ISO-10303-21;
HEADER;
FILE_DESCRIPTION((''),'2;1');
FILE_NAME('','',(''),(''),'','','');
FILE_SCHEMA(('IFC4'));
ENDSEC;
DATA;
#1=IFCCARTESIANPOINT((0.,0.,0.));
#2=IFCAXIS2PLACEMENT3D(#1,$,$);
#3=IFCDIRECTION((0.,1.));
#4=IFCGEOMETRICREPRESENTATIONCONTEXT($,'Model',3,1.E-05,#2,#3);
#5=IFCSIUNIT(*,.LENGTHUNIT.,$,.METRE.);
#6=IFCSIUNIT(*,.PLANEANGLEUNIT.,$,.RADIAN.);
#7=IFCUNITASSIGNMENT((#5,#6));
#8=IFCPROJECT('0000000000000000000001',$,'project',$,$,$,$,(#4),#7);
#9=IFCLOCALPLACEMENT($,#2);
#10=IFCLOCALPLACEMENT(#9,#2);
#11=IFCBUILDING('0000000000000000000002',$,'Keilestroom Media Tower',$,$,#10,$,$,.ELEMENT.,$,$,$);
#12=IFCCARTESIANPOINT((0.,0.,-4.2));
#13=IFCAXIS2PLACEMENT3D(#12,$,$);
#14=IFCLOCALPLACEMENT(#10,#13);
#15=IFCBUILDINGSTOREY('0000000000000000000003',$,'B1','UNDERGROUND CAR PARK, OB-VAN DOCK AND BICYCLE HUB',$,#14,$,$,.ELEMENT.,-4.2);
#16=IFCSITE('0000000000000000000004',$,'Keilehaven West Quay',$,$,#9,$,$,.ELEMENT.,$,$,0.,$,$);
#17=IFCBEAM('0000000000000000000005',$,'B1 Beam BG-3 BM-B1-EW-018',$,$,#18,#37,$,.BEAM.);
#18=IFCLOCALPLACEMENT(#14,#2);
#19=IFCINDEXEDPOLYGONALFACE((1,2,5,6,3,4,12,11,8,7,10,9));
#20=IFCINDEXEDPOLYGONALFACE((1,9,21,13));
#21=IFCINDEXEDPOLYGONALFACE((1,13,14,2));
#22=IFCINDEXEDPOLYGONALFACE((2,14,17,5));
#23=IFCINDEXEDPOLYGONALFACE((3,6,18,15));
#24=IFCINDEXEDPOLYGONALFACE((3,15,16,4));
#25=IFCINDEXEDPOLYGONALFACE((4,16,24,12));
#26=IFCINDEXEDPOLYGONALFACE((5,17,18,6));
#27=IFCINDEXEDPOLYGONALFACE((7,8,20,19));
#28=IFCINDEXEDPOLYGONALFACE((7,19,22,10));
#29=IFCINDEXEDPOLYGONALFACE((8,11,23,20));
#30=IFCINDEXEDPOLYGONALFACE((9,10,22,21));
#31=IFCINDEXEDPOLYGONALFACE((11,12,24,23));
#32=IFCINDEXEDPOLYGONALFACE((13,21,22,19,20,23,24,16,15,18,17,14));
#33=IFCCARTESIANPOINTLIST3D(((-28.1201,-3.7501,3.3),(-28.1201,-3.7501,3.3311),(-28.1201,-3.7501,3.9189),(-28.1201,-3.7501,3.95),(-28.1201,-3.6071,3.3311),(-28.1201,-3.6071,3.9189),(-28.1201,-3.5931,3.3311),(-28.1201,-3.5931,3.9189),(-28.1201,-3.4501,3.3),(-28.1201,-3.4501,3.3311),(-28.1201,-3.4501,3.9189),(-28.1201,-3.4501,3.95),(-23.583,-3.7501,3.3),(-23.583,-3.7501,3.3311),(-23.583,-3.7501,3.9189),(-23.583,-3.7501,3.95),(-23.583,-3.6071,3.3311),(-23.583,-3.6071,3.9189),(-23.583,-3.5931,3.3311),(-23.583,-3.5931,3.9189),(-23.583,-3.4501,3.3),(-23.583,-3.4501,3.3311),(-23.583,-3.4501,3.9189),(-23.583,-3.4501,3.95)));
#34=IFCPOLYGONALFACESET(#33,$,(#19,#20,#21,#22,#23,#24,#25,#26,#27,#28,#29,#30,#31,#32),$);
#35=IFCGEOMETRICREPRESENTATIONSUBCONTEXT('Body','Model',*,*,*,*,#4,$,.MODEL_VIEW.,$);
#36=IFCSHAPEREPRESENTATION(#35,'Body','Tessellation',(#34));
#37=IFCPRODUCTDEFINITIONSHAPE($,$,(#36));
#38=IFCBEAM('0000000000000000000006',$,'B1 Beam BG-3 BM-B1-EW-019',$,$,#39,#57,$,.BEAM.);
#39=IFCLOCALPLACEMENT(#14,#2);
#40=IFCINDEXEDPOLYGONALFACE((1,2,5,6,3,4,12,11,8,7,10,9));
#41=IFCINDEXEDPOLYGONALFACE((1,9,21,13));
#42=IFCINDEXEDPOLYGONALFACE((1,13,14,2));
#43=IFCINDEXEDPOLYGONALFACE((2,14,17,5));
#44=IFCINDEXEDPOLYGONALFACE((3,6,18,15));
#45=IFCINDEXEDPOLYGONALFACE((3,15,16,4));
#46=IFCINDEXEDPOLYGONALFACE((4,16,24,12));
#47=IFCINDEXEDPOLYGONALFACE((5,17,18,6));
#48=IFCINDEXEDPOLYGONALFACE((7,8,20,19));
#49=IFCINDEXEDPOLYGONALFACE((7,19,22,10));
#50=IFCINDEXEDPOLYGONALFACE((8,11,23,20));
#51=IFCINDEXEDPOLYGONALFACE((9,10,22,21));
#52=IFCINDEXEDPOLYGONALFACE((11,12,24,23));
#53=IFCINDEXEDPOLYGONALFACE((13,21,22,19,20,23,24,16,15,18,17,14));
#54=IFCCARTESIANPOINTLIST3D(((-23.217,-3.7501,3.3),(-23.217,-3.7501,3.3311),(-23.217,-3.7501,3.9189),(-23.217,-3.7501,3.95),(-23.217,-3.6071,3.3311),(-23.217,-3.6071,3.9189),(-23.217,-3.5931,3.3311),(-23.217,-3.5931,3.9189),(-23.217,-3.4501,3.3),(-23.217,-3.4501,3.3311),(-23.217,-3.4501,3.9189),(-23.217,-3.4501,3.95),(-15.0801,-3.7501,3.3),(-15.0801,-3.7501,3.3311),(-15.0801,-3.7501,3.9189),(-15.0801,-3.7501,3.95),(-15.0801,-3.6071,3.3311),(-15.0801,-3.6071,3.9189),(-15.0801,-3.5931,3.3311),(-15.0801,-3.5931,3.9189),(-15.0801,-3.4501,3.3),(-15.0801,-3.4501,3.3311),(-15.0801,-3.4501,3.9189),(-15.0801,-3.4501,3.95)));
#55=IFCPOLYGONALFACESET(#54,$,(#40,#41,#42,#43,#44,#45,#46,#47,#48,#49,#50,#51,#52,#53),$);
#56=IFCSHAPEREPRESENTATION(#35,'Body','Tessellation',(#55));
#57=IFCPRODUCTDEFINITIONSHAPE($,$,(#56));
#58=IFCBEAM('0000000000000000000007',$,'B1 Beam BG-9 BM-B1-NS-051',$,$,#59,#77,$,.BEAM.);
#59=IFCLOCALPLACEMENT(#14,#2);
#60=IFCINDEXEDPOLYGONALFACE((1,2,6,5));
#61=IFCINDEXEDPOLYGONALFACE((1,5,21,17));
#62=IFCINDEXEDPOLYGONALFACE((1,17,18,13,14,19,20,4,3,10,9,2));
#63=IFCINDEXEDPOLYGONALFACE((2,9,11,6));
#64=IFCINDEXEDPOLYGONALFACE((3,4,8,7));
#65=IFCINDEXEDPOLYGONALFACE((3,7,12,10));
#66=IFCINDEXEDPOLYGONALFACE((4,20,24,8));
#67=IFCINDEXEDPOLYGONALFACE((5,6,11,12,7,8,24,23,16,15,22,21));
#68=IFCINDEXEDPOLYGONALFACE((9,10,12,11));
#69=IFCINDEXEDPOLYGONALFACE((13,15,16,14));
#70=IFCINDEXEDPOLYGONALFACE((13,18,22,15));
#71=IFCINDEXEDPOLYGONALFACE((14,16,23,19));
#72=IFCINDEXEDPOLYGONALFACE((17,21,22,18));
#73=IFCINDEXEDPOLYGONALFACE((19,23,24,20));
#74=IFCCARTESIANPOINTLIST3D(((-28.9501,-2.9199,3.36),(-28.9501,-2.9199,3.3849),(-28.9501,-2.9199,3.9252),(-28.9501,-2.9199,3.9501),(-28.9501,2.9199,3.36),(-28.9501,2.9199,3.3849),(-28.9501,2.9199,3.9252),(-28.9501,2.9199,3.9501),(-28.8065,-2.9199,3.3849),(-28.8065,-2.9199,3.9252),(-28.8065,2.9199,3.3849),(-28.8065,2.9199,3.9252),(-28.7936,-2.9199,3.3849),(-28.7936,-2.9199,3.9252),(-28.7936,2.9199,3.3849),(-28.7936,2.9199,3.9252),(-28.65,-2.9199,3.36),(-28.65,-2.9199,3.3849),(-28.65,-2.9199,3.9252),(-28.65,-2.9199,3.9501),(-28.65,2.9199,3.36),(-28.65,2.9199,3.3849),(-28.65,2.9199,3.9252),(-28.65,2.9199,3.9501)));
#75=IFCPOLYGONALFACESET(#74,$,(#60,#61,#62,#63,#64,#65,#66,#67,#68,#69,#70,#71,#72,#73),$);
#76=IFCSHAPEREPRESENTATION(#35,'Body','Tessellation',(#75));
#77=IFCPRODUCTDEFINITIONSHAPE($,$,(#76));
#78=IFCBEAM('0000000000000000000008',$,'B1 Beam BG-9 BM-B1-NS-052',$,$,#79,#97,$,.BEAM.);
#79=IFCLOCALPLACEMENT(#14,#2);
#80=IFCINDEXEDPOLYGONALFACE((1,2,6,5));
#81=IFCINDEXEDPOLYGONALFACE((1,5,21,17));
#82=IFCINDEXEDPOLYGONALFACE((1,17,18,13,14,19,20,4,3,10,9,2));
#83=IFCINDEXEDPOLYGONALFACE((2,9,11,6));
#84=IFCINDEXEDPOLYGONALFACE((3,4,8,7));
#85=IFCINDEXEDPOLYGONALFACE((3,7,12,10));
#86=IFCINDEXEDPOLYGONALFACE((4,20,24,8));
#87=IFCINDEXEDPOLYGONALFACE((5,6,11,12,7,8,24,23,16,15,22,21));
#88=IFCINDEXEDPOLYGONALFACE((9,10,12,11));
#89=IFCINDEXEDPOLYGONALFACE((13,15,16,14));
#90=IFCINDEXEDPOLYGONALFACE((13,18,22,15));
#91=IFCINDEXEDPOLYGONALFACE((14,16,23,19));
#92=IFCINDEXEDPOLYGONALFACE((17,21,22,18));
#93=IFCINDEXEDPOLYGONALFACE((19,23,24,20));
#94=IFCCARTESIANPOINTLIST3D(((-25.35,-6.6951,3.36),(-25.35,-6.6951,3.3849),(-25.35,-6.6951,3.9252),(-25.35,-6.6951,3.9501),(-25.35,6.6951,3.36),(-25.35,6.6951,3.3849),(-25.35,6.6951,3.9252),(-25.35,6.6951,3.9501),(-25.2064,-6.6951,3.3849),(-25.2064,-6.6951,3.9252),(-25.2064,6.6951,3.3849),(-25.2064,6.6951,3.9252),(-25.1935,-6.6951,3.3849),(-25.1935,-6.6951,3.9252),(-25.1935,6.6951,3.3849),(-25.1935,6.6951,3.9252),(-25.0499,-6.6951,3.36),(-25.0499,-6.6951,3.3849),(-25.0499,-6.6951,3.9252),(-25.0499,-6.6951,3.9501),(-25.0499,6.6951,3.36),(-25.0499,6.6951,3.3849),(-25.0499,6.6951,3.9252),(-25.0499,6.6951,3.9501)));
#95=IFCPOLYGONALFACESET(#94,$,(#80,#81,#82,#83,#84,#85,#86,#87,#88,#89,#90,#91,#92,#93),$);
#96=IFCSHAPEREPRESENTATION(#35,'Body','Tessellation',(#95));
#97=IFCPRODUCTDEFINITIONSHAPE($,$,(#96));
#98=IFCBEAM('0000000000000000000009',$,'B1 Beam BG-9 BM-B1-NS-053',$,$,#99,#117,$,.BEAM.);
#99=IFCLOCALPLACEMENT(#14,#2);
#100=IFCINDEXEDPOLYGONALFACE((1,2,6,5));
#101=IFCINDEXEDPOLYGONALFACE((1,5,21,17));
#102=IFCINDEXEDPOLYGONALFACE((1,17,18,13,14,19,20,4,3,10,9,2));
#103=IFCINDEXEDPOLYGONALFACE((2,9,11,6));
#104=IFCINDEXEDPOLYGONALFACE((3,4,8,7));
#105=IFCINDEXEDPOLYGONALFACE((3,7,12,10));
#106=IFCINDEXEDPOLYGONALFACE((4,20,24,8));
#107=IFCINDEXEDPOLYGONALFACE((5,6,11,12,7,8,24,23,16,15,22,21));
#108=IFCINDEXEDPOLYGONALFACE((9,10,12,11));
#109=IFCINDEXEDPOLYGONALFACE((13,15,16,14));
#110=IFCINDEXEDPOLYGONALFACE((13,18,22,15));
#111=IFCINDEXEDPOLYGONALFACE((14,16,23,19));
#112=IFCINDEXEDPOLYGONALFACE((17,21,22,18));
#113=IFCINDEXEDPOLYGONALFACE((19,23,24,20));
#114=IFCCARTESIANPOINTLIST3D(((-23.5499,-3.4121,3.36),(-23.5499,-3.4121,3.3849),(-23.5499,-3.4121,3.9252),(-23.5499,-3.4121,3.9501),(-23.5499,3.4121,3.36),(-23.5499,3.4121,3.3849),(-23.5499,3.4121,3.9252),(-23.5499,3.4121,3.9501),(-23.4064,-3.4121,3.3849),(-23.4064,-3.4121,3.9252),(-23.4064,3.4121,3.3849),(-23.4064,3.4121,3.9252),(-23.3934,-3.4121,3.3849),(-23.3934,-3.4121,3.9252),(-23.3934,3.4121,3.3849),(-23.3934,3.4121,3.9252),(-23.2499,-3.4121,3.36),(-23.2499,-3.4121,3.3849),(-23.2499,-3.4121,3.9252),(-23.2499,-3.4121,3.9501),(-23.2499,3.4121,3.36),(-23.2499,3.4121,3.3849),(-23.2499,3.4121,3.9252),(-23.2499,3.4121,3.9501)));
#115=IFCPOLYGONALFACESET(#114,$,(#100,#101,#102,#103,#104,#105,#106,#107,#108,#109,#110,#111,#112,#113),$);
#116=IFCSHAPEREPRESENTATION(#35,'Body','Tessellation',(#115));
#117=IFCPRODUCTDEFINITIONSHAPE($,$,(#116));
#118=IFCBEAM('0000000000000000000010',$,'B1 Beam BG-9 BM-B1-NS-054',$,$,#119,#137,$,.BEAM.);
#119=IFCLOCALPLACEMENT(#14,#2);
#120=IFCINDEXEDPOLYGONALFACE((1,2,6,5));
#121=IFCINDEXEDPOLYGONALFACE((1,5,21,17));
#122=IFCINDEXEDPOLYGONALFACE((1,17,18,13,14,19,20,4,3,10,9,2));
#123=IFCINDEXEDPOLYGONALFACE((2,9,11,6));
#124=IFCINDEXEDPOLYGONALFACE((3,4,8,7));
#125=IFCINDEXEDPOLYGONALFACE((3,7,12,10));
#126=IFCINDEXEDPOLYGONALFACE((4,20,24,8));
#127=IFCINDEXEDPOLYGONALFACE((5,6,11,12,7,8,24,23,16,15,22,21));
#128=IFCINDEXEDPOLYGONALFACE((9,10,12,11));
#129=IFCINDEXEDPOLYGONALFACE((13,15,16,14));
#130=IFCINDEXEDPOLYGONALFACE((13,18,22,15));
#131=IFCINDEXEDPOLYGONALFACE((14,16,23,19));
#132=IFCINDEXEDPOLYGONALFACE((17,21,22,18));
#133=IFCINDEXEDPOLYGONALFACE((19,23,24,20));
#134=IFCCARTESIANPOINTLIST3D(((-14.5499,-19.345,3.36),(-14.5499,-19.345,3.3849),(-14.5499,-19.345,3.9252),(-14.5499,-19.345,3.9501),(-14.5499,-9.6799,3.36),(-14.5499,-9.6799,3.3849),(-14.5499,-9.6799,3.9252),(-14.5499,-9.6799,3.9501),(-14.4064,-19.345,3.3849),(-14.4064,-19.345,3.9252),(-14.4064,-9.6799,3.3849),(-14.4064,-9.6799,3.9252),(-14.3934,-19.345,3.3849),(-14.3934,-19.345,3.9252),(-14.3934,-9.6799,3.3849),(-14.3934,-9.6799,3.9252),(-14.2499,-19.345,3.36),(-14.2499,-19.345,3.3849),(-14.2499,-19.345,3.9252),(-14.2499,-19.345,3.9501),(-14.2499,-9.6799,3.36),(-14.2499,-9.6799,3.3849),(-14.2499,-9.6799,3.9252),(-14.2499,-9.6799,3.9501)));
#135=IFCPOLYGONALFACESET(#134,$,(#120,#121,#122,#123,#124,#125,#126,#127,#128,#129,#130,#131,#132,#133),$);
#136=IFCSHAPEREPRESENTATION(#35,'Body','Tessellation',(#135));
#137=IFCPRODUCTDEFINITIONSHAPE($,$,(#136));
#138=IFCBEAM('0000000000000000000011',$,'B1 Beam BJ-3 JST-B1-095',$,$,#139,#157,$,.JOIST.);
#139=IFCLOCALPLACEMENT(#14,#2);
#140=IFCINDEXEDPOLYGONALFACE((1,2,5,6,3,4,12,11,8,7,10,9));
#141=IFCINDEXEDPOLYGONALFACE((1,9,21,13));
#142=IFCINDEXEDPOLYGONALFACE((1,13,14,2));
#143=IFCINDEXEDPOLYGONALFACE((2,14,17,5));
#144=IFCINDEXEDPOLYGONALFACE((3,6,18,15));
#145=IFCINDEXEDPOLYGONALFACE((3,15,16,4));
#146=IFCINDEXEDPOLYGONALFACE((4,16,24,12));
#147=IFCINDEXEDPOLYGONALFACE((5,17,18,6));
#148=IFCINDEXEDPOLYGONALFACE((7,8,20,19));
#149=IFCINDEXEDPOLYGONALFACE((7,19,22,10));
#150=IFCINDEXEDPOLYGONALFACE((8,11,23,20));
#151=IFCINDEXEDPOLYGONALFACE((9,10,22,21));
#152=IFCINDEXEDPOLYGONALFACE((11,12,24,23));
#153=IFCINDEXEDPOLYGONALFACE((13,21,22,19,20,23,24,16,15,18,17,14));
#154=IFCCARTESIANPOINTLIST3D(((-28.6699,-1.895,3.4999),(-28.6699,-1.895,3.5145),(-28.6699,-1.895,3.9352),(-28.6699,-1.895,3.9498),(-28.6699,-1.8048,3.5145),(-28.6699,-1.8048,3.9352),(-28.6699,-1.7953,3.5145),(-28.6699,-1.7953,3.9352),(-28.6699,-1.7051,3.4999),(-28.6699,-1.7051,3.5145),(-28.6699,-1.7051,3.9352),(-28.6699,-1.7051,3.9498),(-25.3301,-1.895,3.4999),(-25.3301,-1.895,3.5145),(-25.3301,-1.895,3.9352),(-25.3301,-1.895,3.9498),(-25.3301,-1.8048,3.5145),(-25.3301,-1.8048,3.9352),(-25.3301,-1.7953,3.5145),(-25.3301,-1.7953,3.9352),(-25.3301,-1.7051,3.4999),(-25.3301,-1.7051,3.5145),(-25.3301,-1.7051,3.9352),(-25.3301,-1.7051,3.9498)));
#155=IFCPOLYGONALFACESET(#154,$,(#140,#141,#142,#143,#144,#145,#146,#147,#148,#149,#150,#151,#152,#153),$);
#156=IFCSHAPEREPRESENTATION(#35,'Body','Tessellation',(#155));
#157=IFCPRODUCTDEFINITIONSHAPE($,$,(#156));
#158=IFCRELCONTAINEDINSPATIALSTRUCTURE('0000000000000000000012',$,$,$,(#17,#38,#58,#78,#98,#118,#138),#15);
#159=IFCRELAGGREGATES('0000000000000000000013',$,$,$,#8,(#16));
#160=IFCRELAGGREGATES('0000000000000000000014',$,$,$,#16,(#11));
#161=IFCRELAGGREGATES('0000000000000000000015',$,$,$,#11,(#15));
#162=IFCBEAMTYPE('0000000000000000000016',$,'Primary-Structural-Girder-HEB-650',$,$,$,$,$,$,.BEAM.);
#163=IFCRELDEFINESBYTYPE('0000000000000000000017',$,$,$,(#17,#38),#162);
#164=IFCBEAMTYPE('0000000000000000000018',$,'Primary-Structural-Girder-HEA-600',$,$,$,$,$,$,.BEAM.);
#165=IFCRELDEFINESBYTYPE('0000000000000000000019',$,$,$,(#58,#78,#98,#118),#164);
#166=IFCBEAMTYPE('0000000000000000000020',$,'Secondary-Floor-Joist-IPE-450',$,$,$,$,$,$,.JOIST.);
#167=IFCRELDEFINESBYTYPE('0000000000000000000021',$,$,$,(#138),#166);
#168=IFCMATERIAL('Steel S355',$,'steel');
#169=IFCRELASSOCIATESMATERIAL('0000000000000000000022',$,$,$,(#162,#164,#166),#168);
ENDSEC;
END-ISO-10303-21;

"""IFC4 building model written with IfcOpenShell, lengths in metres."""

from ifc_helpers import new_model, si_unit, direction, frame, origin, origin_2d, place, context, subcontext, project, spatial, i_section, extrude, source, transform, mapped, material, material_profile, profile_set, type_object, element, save


model = new_model("IFC4")

# Units and contexts
model_context = context("Model", 3, precision=1e-05, world=origin(), true_north=direction((0.0, 1.0)))
body_context = subcontext(model_context, "Body", "Model", "MODEL_VIEW")
ifc_project = project(units=[si_unit("LENGTHUNIT", "METRE"), si_unit("PLANEANGLEUNIT", "RADIAN")], contexts=[model_context])

# Site, building, storey
site_placement = place(None, origin())
site = spatial("IfcSite", under=ifc_project, at=site_placement, Name="Keilehaven West Quay", CompositionType="ELEMENT", RefElevation=0.0)
building_placement = place(site_placement, origin())
building = spatial("IfcBuilding", under=site, at=building_placement, Name="Keilestroom Media Tower", CompositionType="ELEMENT")
storey_placement = place(building_placement, frame((0.0, 0.0, -4.2)))
storey = spatial("IfcBuildingStorey", under=building, at=storey_placement, Name="B1", Description="UNDERGROUND CAR PARK, OB-VAN DOCK AND BICYCLE HUB", CompositionType="ELEMENT", Elevation=-4.2)

# Beams
ifc_material_1 = material(Name="Steel S355", Category="steel")
ifc_material_profile_1 = material_profile(ifc_material_1, i_section(OverallWidth=0.3, OverallDepth=0.6499, WebThickness=0.0139, FlangeThickness=0.031, at=origin_2d()), Name="HEB 650")
ifc_profile_set_1 = profile_set([ifc_material_profile_1], Name="Steel S355")
beam_type_1 = type_object("IfcBeamType", Name="Primary-Structural-Girder-HEB-650", PredefinedType="BEAM", material=ifc_profile_set_1)
shared_shape_1 = source(origin(), body_context, "Body", "SweptSolid", [
    extrude(i_section(OverallWidth=0.3, OverallDepth=0.6499, WebThickness=0.0139, FlangeThickness=0.031, at=origin_2d()), origin(), (0.0, 0.0, 1.0), 4.5371),
])
beam_1_placement = place(storey_placement, frame((-28.1201, -3.6001, 3.625), z_axis=(1.0, 0.0, 0.0), x_axis=(0.0, 1.0, 0.0)))
element("IfcBeam", 1, at=beam_1_placement, inside=storey, type_object=beam_type_1, Name="B1 Beam BG-3 BM-B1-EW-018", PredefinedType="BEAM", context=body_context, shape_type="MappedRepresentation", body=[
    mapped(shared_shape_1, transform((0.0, 0.0, 0.0), x_axis=(1.0, 0.0, 0.0), y_axis=(0.0, 1.0, 0.0), z_axis=(0.0, 0.0, 1.0), scale=1.0)),
])
shared_shape_2 = source(origin(), body_context, "Body", "SweptSolid", [
    extrude(i_section(OverallWidth=0.3, OverallDepth=0.6499, WebThickness=0.0139, FlangeThickness=0.031, at=origin_2d()), origin(), (0.0, 0.0, 1.0), 8.137),
])
beam_2_placement = place(storey_placement, frame((-23.217, -3.6001, 3.625), z_axis=(1.0, 0.0, 0.0), x_axis=(0.0, 1.0, 0.0)))
element("IfcBeam", 2, at=beam_2_placement, inside=storey, type_object=beam_type_1, Name="B1 Beam BG-3 BM-B1-EW-019", PredefinedType="BEAM", context=body_context, shape_type="MappedRepresentation", body=[
    mapped(shared_shape_2, transform((0.0, 0.0, 0.0), x_axis=(1.0, 0.0, 0.0), y_axis=(0.0, 1.0, 0.0), z_axis=(0.0, 0.0, 1.0), scale=1.0)),
])
ifc_material_profile_2 = material_profile(ifc_material_1, i_section(OverallWidth=0.3, OverallDepth=0.5901, WebThickness=0.0129, FlangeThickness=0.0249, at=origin_2d()), Name="HEA 600")
ifc_profile_set_2 = profile_set([ifc_material_profile_2], Name="Steel S355")
beam_type_2 = type_object("IfcBeamType", Name="Primary-Structural-Girder-HEA-600", PredefinedType="BEAM", material=ifc_profile_set_2)
shared_shape_3 = source(origin(), body_context, "Body", "SweptSolid", [
    extrude(i_section(OverallWidth=0.3, OverallDepth=0.5901, WebThickness=0.0129, FlangeThickness=0.0249, at=origin_2d()), origin(), (0.0, 0.0, 1.0), 5.8398),
])
beam_3_placement = place(storey_placement, frame((-28.8, -2.9199, 3.655), z_axis=(0.0, 1.0, 0.0), x_axis=(-1.0, 0.0, 0.0)))
element("IfcBeam", 3, at=beam_3_placement, inside=storey, type_object=beam_type_2, Name="B1 Beam BG-9 BM-B1-NS-051", PredefinedType="BEAM", context=body_context, shape_type="MappedRepresentation", body=[
    mapped(shared_shape_3, transform((0.0, 0.0, 0.0), x_axis=(1.0, 0.0, 0.0), y_axis=(0.0, 1.0, 0.0), z_axis=(0.0, 0.0, 1.0), scale=1.0)),
])
shared_shape_4 = source(origin(), body_context, "Body", "SweptSolid", [
    extrude(i_section(OverallWidth=0.3, OverallDepth=0.5901, WebThickness=0.0129, FlangeThickness=0.0249, at=origin_2d()), origin(), (0.0, 0.0, 1.0), 13.3901),
])
beam_4_placement = place(storey_placement, frame((-25.2, -6.6951, 3.655), z_axis=(0.0, 1.0, 0.0), x_axis=(-1.0, 0.0, 0.0)))
element("IfcBeam", 4, at=beam_4_placement, inside=storey, type_object=beam_type_2, Name="B1 Beam BG-9 BM-B1-NS-052", PredefinedType="BEAM", context=body_context, shape_type="MappedRepresentation", body=[
    mapped(shared_shape_4, transform((0.0, 0.0, 0.0), x_axis=(1.0, 0.0, 0.0), y_axis=(0.0, 1.0, 0.0), z_axis=(0.0, 0.0, 1.0), scale=1.0)),
])
shared_shape_5 = source(origin(), body_context, "Body", "SweptSolid", [
    extrude(i_section(OverallWidth=0.3, OverallDepth=0.5901, WebThickness=0.0129, FlangeThickness=0.0249, at=origin_2d()), origin(), (0.0, 0.0, 1.0), 6.8242),
])
beam_5_placement = place(storey_placement, frame((-23.3999, -3.4121, 3.655), z_axis=(0.0, 1.0, 0.0), x_axis=(-1.0, 0.0, 0.0)))
element("IfcBeam", 5, at=beam_5_placement, inside=storey, type_object=beam_type_2, Name="B1 Beam BG-9 BM-B1-NS-053", PredefinedType="BEAM", context=body_context, shape_type="MappedRepresentation", body=[
    mapped(shared_shape_5, transform((0.0, 0.0, 0.0), x_axis=(1.0, 0.0, 0.0), y_axis=(0.0, 1.0, 0.0), z_axis=(0.0, 0.0, 1.0), scale=1.0)),
])
shared_shape_6 = source(origin(), body_context, "Body", "SweptSolid", [
    extrude(i_section(OverallWidth=0.3, OverallDepth=0.5901, WebThickness=0.0129, FlangeThickness=0.0249, at=origin_2d()), origin(), (0.0, 0.0, 1.0), 9.665),
])
beam_6_placement = place(storey_placement, frame((-14.3999, -19.345, 3.655), z_axis=(0.0, 1.0, 0.0), x_axis=(-1.0, 0.0, 0.0)))
element("IfcBeam", 6, at=beam_6_placement, inside=storey, type_object=beam_type_2, Name="B1 Beam BG-9 BM-B1-NS-054", PredefinedType="BEAM", context=body_context, shape_type="MappedRepresentation", body=[
    mapped(shared_shape_6, transform((0.0, 0.0, 0.0), x_axis=(1.0, 0.0, 0.0), y_axis=(0.0, 1.0, 0.0), z_axis=(0.0, 0.0, 1.0), scale=1.0)),
])
ifc_material_profile_3 = material_profile(ifc_material_1, i_section(OverallWidth=0.1899, OverallDepth=0.45, WebThickness=0.0095, FlangeThickness=0.0146, at=origin_2d()), Name="IPE 450")
ifc_profile_set_3 = profile_set([ifc_material_profile_3], Name="Steel S355")
beam_type_3 = type_object("IfcBeamType", Name="Secondary-Floor-Joist-IPE-450", PredefinedType="JOIST", material=ifc_profile_set_3)
shared_shape_7 = source(origin(), body_context, "Body", "SweptSolid", [
    extrude(i_section(OverallWidth=0.1899, OverallDepth=0.45, WebThickness=0.0095, FlangeThickness=0.0146, at=origin_2d()), origin(), (0.0, 0.0, 1.0), 3.3398),
])
beam_7_placement = place(storey_placement, frame((-28.6699, -1.8, 3.7249), z_axis=(1.0, 0.0, 0.0), x_axis=(0.0, 1.0, 0.0)))
element("IfcBeam", 7, at=beam_7_placement, inside=storey, type_object=beam_type_3, Name="B1 Beam BJ-3 JST-B1-095", PredefinedType="JOIST", context=body_context, shape_type="MappedRepresentation", body=[
    mapped(shared_shape_7, transform((0.0, 0.0, 0.0), x_axis=(1.0, 0.0, 0.0), y_axis=(0.0, 1.0, 0.0), z_axis=(0.0, 0.0, 1.0), scale=1.0)),
])

save(model, "model.ifc")
